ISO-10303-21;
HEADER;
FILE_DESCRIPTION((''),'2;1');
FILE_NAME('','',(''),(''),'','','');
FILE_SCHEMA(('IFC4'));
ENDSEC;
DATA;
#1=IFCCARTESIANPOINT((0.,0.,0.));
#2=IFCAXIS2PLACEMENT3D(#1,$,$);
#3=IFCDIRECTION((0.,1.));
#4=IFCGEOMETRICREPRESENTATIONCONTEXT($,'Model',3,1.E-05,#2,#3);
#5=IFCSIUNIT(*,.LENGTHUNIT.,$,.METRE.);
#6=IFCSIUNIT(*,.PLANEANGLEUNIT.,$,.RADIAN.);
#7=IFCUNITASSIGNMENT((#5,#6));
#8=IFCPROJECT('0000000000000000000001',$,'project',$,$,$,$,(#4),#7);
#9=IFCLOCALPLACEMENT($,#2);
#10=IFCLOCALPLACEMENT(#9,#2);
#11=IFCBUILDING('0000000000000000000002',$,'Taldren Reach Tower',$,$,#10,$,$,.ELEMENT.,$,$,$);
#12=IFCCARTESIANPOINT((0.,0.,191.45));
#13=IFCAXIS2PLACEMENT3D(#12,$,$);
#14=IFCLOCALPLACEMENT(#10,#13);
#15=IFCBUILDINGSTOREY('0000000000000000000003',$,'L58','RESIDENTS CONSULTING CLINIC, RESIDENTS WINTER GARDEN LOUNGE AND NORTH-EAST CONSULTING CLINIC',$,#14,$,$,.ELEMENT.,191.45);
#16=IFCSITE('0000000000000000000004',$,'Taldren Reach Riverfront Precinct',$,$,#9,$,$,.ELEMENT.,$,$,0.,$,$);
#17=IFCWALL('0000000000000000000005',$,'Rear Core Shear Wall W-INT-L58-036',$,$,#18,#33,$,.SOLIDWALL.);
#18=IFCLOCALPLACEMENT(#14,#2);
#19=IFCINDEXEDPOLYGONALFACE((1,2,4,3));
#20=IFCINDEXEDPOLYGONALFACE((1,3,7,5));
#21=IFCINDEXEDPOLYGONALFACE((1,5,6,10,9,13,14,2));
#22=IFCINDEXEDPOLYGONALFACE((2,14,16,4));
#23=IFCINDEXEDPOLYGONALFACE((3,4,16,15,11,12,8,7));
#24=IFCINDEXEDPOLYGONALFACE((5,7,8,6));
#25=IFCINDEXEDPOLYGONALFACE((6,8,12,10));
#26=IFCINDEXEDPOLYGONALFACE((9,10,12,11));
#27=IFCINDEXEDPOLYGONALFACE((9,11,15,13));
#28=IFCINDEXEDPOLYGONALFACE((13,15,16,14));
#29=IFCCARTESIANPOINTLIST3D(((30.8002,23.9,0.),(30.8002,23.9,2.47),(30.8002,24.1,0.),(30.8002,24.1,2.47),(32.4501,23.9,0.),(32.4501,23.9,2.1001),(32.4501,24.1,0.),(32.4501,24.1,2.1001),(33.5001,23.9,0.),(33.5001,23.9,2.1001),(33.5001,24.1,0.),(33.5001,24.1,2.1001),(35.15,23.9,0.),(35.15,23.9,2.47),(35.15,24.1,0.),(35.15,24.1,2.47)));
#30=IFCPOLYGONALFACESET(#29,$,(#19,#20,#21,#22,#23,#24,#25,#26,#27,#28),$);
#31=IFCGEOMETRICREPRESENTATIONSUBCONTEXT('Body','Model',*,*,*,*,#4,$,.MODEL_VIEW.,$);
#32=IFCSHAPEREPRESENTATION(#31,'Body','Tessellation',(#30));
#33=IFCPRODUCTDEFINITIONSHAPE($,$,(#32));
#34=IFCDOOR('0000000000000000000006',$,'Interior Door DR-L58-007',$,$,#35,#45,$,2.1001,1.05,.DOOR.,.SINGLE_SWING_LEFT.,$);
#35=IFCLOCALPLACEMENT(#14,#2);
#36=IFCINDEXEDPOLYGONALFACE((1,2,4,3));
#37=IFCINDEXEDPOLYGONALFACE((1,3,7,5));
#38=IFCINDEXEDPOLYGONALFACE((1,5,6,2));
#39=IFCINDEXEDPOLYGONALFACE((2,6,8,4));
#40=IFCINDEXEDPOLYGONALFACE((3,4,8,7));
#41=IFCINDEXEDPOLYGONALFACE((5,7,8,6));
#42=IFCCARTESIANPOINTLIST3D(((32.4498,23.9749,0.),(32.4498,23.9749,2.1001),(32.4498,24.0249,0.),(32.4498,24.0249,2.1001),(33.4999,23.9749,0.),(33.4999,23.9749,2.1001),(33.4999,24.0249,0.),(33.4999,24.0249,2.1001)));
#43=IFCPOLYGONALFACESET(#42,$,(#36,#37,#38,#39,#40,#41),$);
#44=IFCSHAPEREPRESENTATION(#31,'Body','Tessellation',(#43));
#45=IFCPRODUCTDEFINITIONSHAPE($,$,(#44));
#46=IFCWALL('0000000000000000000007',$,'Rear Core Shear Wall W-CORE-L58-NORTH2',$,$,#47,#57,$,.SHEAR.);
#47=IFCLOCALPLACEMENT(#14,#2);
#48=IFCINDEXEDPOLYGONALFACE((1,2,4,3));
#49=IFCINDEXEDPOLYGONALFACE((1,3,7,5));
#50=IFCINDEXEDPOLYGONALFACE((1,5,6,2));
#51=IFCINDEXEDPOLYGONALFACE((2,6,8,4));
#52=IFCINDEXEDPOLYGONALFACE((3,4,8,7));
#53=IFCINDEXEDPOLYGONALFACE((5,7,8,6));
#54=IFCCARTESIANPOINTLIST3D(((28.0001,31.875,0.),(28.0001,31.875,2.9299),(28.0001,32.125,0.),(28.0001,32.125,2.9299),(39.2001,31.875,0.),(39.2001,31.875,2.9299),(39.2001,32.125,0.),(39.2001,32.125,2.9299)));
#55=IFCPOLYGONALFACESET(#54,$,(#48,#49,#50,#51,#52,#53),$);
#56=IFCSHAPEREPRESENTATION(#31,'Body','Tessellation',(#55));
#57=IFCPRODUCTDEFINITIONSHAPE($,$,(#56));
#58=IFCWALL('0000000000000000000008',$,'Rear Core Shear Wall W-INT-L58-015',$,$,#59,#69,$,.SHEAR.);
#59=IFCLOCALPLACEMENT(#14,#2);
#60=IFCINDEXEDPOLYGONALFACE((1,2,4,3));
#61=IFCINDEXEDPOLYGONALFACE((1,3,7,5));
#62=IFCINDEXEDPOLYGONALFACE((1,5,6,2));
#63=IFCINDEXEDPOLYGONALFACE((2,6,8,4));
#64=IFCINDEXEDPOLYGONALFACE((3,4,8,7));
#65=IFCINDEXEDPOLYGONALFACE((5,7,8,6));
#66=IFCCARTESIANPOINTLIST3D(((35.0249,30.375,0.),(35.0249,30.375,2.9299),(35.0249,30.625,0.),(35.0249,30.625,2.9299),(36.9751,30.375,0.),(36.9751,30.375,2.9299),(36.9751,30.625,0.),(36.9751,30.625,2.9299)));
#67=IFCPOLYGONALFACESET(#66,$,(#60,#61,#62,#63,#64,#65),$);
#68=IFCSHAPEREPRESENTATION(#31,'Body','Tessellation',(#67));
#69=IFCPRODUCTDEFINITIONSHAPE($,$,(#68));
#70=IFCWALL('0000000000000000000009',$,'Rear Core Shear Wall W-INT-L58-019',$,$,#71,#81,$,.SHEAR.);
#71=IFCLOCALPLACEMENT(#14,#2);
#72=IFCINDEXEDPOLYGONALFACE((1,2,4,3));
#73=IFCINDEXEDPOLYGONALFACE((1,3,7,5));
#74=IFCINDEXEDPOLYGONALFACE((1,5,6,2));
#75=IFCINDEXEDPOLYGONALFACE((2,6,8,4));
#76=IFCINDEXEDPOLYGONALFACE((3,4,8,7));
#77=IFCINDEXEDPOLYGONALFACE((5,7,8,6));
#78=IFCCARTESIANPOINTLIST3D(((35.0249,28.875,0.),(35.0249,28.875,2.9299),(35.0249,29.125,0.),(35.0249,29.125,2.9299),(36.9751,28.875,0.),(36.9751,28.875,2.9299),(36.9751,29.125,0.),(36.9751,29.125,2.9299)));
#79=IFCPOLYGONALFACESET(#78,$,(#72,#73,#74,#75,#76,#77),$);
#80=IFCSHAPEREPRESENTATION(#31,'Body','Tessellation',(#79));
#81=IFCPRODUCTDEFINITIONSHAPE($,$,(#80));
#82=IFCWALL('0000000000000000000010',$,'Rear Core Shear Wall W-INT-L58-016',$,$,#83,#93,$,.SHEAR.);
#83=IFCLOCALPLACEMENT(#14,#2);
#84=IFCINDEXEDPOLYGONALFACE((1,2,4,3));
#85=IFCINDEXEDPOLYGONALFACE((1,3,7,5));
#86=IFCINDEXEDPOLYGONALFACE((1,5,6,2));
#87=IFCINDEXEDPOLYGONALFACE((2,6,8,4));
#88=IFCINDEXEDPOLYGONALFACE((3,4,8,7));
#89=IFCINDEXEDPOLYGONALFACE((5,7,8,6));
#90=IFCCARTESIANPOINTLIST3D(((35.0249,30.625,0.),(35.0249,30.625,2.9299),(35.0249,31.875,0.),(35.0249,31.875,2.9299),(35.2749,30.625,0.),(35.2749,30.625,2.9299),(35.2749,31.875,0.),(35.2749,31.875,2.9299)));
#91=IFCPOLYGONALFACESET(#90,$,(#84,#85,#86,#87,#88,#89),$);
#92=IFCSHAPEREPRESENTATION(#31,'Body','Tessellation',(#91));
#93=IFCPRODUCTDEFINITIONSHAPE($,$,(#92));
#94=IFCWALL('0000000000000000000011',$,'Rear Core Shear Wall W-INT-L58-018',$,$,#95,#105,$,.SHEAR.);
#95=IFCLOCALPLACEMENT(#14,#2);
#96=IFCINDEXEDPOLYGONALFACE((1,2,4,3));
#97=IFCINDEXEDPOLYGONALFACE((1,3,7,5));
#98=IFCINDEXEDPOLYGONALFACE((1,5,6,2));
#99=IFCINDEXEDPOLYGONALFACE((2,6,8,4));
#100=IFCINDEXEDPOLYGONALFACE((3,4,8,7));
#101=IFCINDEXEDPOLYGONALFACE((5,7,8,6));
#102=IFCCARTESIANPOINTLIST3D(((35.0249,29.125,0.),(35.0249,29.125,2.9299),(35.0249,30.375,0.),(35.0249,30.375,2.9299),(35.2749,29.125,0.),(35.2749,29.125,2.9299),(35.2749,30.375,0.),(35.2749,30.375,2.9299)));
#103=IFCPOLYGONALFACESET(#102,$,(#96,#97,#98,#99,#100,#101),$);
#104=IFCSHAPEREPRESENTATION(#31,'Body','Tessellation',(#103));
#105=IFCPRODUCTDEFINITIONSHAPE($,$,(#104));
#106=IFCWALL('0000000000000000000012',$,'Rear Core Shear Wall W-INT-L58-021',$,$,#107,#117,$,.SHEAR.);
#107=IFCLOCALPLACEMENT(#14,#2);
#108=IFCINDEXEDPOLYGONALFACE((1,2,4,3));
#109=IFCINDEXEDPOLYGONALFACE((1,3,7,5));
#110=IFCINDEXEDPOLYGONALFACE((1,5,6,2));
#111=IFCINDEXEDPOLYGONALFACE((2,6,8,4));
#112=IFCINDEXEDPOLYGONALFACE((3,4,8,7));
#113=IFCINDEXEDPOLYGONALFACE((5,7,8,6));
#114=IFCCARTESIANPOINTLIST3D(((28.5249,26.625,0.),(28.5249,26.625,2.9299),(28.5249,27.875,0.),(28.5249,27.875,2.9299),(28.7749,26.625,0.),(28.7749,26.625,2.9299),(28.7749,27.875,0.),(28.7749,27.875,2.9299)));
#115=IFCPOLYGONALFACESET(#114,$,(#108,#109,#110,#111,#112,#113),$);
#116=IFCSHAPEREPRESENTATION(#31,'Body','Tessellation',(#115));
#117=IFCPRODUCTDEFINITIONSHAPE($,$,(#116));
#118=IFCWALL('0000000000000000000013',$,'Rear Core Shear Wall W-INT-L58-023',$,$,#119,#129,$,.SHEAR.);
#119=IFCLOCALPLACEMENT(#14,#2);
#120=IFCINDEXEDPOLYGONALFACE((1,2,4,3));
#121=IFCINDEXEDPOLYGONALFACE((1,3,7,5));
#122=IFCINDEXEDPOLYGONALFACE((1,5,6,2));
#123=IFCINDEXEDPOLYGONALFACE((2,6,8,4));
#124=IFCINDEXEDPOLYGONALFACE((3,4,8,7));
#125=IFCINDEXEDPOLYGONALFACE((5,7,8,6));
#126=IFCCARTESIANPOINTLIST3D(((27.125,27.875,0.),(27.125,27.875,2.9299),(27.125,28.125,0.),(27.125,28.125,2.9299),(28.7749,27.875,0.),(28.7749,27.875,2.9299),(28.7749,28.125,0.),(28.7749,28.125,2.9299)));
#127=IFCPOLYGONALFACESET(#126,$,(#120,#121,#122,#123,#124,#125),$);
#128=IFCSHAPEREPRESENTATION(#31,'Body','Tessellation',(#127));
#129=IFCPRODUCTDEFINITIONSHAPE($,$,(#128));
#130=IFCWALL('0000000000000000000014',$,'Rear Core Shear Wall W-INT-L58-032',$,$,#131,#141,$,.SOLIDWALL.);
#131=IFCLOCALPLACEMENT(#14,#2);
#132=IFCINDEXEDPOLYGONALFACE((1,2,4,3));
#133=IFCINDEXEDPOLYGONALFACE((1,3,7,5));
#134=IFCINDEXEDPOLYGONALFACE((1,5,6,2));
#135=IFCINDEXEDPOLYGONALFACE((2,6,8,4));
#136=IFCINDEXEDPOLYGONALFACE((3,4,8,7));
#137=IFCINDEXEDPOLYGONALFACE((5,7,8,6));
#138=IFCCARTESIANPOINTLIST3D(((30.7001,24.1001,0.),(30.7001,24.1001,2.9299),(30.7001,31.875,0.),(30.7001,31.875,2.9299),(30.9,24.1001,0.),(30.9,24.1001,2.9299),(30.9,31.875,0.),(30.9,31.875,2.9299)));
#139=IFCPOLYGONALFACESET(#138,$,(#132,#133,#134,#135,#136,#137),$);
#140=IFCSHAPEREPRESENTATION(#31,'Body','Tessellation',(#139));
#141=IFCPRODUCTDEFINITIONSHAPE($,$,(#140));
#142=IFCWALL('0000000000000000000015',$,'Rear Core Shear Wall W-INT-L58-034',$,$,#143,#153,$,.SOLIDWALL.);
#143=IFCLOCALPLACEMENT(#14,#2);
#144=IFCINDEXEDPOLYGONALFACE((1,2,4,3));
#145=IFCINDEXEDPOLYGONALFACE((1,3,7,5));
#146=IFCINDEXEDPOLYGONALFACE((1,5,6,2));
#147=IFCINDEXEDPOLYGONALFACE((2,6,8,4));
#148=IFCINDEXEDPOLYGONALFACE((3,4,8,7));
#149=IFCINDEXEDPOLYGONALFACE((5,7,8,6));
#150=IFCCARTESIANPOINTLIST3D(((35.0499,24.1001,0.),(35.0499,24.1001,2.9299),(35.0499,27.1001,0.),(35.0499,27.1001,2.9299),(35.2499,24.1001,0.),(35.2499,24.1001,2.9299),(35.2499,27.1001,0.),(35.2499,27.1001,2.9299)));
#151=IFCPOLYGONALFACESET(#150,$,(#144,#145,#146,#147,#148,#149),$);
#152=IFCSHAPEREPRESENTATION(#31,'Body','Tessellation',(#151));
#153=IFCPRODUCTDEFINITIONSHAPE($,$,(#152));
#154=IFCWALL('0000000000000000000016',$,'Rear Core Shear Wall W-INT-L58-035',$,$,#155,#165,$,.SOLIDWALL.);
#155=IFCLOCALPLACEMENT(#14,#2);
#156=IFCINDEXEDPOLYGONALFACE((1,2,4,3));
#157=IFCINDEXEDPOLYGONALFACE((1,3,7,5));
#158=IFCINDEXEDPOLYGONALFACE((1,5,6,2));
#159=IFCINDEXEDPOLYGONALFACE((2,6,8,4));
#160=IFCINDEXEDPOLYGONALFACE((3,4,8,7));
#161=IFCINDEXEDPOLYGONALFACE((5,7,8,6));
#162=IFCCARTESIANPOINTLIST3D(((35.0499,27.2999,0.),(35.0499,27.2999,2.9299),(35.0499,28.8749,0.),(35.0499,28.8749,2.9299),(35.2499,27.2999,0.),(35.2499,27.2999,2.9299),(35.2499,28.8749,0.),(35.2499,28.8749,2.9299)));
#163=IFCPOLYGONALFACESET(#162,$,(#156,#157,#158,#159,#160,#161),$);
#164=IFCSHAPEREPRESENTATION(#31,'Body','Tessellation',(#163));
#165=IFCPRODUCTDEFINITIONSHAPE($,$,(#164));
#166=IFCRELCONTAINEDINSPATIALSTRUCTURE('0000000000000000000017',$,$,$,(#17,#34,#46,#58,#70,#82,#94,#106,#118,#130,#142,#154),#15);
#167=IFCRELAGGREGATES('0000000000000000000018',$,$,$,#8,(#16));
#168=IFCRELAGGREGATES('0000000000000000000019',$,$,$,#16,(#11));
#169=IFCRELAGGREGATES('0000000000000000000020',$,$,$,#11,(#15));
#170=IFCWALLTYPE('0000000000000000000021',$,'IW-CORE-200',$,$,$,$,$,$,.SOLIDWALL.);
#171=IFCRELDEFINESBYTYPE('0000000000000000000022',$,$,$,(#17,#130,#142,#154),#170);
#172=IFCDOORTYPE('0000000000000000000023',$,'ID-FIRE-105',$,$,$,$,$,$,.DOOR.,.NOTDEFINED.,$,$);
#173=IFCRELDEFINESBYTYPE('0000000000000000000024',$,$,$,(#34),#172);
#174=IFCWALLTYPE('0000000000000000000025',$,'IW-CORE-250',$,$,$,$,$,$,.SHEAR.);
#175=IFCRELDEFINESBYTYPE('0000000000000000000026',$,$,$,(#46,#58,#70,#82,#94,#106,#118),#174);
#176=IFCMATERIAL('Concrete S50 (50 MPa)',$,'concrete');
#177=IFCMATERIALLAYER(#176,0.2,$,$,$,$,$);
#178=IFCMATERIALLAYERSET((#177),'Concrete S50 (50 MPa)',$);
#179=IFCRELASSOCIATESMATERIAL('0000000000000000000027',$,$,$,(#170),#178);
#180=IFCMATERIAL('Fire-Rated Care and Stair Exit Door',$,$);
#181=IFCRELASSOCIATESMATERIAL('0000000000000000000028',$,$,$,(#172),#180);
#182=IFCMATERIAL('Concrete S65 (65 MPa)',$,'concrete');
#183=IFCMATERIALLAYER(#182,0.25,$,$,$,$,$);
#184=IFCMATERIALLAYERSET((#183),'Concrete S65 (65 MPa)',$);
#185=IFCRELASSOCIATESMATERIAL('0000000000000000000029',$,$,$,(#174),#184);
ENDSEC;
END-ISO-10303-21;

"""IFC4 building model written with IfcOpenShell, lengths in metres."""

from ifc_helpers import new_model, si_unit, direction, frame, frame_2d, origin, place, context, subcontext, project, spatial, rectangle, extrude, source, transform, mapped, material, layer, layer_set, type_object, element, fill, save


model = new_model("IFC4")

# Units and contexts
model_context = context("Model", 3, precision=1e-05, world=origin(), true_north=direction((0.0, 1.0)))
body_context = subcontext(model_context, "Body", "Model", "MODEL_VIEW")
ifc_project = project(units=[si_unit("LENGTHUNIT", "METRE"), si_unit("PLANEANGLEUNIT", "RADIAN")], contexts=[model_context])

# Site, building, storey
site_placement = place(None, origin())
site = spatial("IfcSite", under=ifc_project, at=site_placement, Name="Taldren Reach Riverfront Precinct", CompositionType="ELEMENT", RefElevation=0.0)
building_placement = place(site_placement, origin())
building = spatial("IfcBuilding", under=site, at=building_placement, Name="Taldren Reach Tower", CompositionType="ELEMENT")
storey_placement = place(building_placement, frame((0.0, 0.0, 191.45)))
storey = spatial("IfcBuildingStorey", under=building, at=storey_placement, Name="L58", Description="RESIDENTS CONSULTING CLINIC, RESIDENTS WINTER GARDEN LOUNGE AND NORTH-EAST CONSULTING CLINIC", CompositionType="ELEMENT", Elevation=191.45)

# Wall, opening, door
ifc_material_1 = material(Name="Concrete S50 (50 MPa)", Category="concrete")
ifc_layer_1 = layer(ifc_material_1, 0.2)
ifc_layer_set_1 = layer_set([ifc_layer_1], Name="Concrete S50 (50 MPa)")
wall_type_1 = type_object("IfcWallType", Name="IW-CORE-200", PredefinedType="SOLIDWALL", material=ifc_layer_set_1)
shared_shape_1 = source(origin(), body_context, "Body", "SweptSolid", [
    extrude(rectangle(XDim=1.05, YDim=2.1001, at=frame_2d((0.5249, 1.05))), frame((0.0, 0.1099, 0.0), z_axis=(0.0, -1.0, 0.0), x_axis=(1.0, 0.0, 0.0)), (0.0, 0.0, 1.0), 0.22),
])
ifc_material_2 = material(Name="Fire-Rated Care and Stair Exit Door")
door_type = type_object("IfcDoorType", Name="ID-FIRE-105", OperationType="NOTDEFINED", PredefinedType="DOOR", material=ifc_material_2)
shared_shape_2 = source(origin(), body_context, "Body", "SweptSolid", [
    extrude(rectangle(XDim=1.05, YDim=2.1001, at=frame_2d((0.5249, 1.05))), frame((0.0, 0.0249, 0.0), z_axis=(0.0, -1.0, 0.0), x_axis=(1.0, 0.0, 0.0)), (0.0, 0.0, 1.0), 0.05),
])
shared_shape_3 = source(origin(), body_context, "Body", "SweptSolid", [
    extrude(rectangle(XDim=4.3499, YDim=0.2, at=frame_2d((2.1748, 0.0))), origin(), (0.0, 0.0, 1.0), 2.47),
])
wall_1_placement = place(storey_placement, frame((35.1499, 24.0, 0.0), z_axis=(0.0, 0.0, 1.0), x_axis=(-1.0, 0.0, 0.0)))
wall_1 = element("IfcWall", 1, at=wall_1_placement, inside=storey, type_object=wall_type_1, Name="Rear Core Shear Wall W-INT-L58-036", PredefinedType="SOLIDWALL", context=body_context, shape_type="MappedRepresentation", body=[
    mapped(shared_shape_3, transform((0.0, 0.0, 0.0), scale=1.0)),
])
opening_1_placement = place(wall_1_placement, frame((1.6499, 0.0, 0.0)))
opening_1 = element("IfcOpeningElement", 2, at=opening_1_placement, cuts=wall_1, PredefinedType="OPENING", context=body_context, shape_type="MappedRepresentation", body=[
    mapped(shared_shape_1, transform((0.0, 0.0, 0.0), scale=1.0)),
])
door_1_placement = place(opening_1_placement, frame((1.05, 0.0, 0.0), z_axis=(0.0, 0.0, 1.0), x_axis=(-1.0, 0.0, 0.0)))
door_1 = element("IfcDoor", 3, at=door_1_placement, inside=storey, type_object=door_type, Name="Interior Door DR-L58-007", OperationType="SINGLE_SWING_LEFT", OverallHeight=2.1001, OverallWidth=1.05, PredefinedType="DOOR", context=body_context, shape_type="MappedRepresentation", body=[
    mapped(shared_shape_2, transform((0.0, 0.0, 0.0), scale=1.0)),
])
fill(opening_1, door_1)

# Walls
ifc_material_3 = material(Name="Concrete S65 (65 MPa)", Category="concrete")
ifc_layer_2 = layer(ifc_material_3, 0.25)
ifc_layer_set_2 = layer_set([ifc_layer_2], Name="Concrete S65 (65 MPa)")
wall_type_2 = type_object("IfcWallType", Name="IW-CORE-250", PredefinedType="SHEAR", material=ifc_layer_set_2)
shared_shape_4 = source(origin(), body_context, "Body", "SweptSolid", [
    extrude(rectangle(XDim=11.2, YDim=0.25, at=frame_2d((5.6001, 0.0))), origin(), (0.0, 0.0, 1.0), 2.9299),
])
wall_2_placement = place(storey_placement, frame((28.0, 32.0, 0.0), z_axis=(0.0, 0.0, 1.0), x_axis=(1.0, 0.0, 0.0)))
element("IfcWall", 4, at=wall_2_placement, inside=storey, type_object=wall_type_2, Name="Rear Core Shear Wall W-CORE-L58-NORTH2", PredefinedType="SHEAR", context=body_context, shape_type="MappedRepresentation", body=[
    mapped(shared_shape_4, transform((0.0, 0.0, 0.0), scale=1.0)),
])
shared_shape_5 = source(origin(), body_context, "Body", "SweptSolid", [
    extrude(rectangle(XDim=1.9502, YDim=0.25, at=frame_2d((0.9751, 0.0))), origin(), (0.0, 0.0, 1.0), 2.9299),
])
for number, where, z_axis, x_axis, name in (
    (5, (35.0249, 30.5, 0.0), (0.0, 0.0, 1.0), (1.0, 0.0, 0.0), "Rear Core Shear Wall W-INT-L58-015"),
    (6, (35.0249, 29.0, 0.0), (0.0, 0.0, 1.0), (1.0, 0.0, 0.0), "Rear Core Shear Wall W-INT-L58-019"),
):
    element("IfcWall", number, at=place(storey_placement, frame(where, z_axis=z_axis, x_axis=x_axis)), inside=storey, type_object=wall_type_2, Name=name, PredefinedType="SHEAR", context=body_context, shape_type="MappedRepresentation", body=[
        mapped(shared_shape_5, transform((0.0, 0.0, 0.0), scale=1.0)),
    ])
shared_shape_6 = source(origin(), body_context, "Body", "SweptSolid", [
    extrude(rectangle(XDim=1.25, YDim=0.25, at=frame_2d((0.625, 0.0))), origin(), (0.0, 0.0, 1.0), 2.9299),
])
for number, where, z_axis, x_axis, name in (
    (7, (35.1499, 31.875, 0.0), (0.0, 0.0, 1.0), (0.0, -1.0, 0.0), "Rear Core Shear Wall W-INT-L58-016"),
    (8, (35.1499, 30.375, 0.0), (0.0, 0.0, 1.0), (0.0, -1.0, 0.0), "Rear Core Shear Wall W-INT-L58-018"),
    (9, (28.6499, 26.625, 0.0), (0.0, 0.0, 1.0), (0.0, 1.0, 0.0), "Rear Core Shear Wall W-INT-L58-021"),
):
    element("IfcWall", number, at=place(storey_placement, frame(where, z_axis=z_axis, x_axis=x_axis)), inside=storey, type_object=wall_type_2, Name=name, PredefinedType="SHEAR", context=body_context, shape_type="MappedRepresentation", body=[
        mapped(shared_shape_6, transform((0.0, 0.0, 0.0), scale=1.0)),
    ])
shared_shape_7 = source(origin(), body_context, "Body", "SweptSolid", [
    extrude(rectangle(XDim=1.6499, YDim=0.25, at=frame_2d((0.825, 0.0))), origin(), (0.0, 0.0, 1.0), 2.9299),
])
wall_3_placement = place(storey_placement, frame((28.7749, 28.0, 0.0), z_axis=(0.0, 0.0, 1.0), x_axis=(-1.0, 0.0, 0.0)))
element("IfcWall", 10, at=wall_3_placement, inside=storey, type_object=wall_type_2, Name="Rear Core Shear Wall W-INT-L58-023", PredefinedType="SHEAR", context=body_context, shape_type="MappedRepresentation", body=[
    mapped(shared_shape_7, transform((0.0, 0.0, 0.0), scale=1.0)),
])
shared_shape_8 = source(origin(), body_context, "Body", "SweptSolid", [
    extrude(rectangle(XDim=7.7749, YDim=0.2, at=frame_2d((3.8875, 0.0))), origin(), (0.0, 0.0, 1.0), 2.9299),
])
wall_4_placement = place(storey_placement, frame((30.8, 31.875, 0.0), z_axis=(0.0, 0.0, 1.0), x_axis=(0.0, -1.0, 0.0)))
element("IfcWall", 11, at=wall_4_placement, inside=storey, type_object=wall_type_1, Name="Rear Core Shear Wall W-INT-L58-032", PredefinedType="SOLIDWALL", context=body_context, shape_type="MappedRepresentation", body=[
    mapped(shared_shape_8, transform((0.0, 0.0, 0.0), scale=1.0)),
])
shared_shape_9 = source(origin(), body_context, "Body", "SweptSolid", [
    extrude(rectangle(XDim=3.0, YDim=0.2, at=frame_2d((1.5, 0.0))), origin(), (0.0, 0.0, 1.0), 2.9299),
])
wall_5_placement = place(storey_placement, frame((35.1499, 27.1001, 0.0), z_axis=(0.0, 0.0, 1.0), x_axis=(0.0, -1.0, 0.0)))
element("IfcWall", 12, at=wall_5_placement, inside=storey, type_object=wall_type_1, Name="Rear Core Shear Wall W-INT-L58-034", PredefinedType="SOLIDWALL", context=body_context, shape_type="MappedRepresentation", body=[
    mapped(shared_shape_9, transform((0.0, 0.0, 0.0), scale=1.0)),
])
shared_shape_10 = source(origin(), body_context, "Body", "SweptSolid", [
    extrude(rectangle(XDim=1.575, YDim=0.2, at=frame_2d((0.7876, 0.0))), origin(), (0.0, 0.0, 1.0), 2.9299),
])
wall_6_placement = place(storey_placement, frame((35.1499, 28.875, 0.0), z_axis=(0.0, 0.0, 1.0), x_axis=(0.0, -1.0, 0.0)))
element("IfcWall", 13, at=wall_6_placement, inside=storey, type_object=wall_type_1, Name="Rear Core Shear Wall W-INT-L58-035", PredefinedType="SOLIDWALL", context=body_context, shape_type="MappedRepresentation", body=[
    mapped(shared_shape_10, transform((0.0, 0.0, 0.0), scale=1.0)),
])

save(model, "model.ifc")
